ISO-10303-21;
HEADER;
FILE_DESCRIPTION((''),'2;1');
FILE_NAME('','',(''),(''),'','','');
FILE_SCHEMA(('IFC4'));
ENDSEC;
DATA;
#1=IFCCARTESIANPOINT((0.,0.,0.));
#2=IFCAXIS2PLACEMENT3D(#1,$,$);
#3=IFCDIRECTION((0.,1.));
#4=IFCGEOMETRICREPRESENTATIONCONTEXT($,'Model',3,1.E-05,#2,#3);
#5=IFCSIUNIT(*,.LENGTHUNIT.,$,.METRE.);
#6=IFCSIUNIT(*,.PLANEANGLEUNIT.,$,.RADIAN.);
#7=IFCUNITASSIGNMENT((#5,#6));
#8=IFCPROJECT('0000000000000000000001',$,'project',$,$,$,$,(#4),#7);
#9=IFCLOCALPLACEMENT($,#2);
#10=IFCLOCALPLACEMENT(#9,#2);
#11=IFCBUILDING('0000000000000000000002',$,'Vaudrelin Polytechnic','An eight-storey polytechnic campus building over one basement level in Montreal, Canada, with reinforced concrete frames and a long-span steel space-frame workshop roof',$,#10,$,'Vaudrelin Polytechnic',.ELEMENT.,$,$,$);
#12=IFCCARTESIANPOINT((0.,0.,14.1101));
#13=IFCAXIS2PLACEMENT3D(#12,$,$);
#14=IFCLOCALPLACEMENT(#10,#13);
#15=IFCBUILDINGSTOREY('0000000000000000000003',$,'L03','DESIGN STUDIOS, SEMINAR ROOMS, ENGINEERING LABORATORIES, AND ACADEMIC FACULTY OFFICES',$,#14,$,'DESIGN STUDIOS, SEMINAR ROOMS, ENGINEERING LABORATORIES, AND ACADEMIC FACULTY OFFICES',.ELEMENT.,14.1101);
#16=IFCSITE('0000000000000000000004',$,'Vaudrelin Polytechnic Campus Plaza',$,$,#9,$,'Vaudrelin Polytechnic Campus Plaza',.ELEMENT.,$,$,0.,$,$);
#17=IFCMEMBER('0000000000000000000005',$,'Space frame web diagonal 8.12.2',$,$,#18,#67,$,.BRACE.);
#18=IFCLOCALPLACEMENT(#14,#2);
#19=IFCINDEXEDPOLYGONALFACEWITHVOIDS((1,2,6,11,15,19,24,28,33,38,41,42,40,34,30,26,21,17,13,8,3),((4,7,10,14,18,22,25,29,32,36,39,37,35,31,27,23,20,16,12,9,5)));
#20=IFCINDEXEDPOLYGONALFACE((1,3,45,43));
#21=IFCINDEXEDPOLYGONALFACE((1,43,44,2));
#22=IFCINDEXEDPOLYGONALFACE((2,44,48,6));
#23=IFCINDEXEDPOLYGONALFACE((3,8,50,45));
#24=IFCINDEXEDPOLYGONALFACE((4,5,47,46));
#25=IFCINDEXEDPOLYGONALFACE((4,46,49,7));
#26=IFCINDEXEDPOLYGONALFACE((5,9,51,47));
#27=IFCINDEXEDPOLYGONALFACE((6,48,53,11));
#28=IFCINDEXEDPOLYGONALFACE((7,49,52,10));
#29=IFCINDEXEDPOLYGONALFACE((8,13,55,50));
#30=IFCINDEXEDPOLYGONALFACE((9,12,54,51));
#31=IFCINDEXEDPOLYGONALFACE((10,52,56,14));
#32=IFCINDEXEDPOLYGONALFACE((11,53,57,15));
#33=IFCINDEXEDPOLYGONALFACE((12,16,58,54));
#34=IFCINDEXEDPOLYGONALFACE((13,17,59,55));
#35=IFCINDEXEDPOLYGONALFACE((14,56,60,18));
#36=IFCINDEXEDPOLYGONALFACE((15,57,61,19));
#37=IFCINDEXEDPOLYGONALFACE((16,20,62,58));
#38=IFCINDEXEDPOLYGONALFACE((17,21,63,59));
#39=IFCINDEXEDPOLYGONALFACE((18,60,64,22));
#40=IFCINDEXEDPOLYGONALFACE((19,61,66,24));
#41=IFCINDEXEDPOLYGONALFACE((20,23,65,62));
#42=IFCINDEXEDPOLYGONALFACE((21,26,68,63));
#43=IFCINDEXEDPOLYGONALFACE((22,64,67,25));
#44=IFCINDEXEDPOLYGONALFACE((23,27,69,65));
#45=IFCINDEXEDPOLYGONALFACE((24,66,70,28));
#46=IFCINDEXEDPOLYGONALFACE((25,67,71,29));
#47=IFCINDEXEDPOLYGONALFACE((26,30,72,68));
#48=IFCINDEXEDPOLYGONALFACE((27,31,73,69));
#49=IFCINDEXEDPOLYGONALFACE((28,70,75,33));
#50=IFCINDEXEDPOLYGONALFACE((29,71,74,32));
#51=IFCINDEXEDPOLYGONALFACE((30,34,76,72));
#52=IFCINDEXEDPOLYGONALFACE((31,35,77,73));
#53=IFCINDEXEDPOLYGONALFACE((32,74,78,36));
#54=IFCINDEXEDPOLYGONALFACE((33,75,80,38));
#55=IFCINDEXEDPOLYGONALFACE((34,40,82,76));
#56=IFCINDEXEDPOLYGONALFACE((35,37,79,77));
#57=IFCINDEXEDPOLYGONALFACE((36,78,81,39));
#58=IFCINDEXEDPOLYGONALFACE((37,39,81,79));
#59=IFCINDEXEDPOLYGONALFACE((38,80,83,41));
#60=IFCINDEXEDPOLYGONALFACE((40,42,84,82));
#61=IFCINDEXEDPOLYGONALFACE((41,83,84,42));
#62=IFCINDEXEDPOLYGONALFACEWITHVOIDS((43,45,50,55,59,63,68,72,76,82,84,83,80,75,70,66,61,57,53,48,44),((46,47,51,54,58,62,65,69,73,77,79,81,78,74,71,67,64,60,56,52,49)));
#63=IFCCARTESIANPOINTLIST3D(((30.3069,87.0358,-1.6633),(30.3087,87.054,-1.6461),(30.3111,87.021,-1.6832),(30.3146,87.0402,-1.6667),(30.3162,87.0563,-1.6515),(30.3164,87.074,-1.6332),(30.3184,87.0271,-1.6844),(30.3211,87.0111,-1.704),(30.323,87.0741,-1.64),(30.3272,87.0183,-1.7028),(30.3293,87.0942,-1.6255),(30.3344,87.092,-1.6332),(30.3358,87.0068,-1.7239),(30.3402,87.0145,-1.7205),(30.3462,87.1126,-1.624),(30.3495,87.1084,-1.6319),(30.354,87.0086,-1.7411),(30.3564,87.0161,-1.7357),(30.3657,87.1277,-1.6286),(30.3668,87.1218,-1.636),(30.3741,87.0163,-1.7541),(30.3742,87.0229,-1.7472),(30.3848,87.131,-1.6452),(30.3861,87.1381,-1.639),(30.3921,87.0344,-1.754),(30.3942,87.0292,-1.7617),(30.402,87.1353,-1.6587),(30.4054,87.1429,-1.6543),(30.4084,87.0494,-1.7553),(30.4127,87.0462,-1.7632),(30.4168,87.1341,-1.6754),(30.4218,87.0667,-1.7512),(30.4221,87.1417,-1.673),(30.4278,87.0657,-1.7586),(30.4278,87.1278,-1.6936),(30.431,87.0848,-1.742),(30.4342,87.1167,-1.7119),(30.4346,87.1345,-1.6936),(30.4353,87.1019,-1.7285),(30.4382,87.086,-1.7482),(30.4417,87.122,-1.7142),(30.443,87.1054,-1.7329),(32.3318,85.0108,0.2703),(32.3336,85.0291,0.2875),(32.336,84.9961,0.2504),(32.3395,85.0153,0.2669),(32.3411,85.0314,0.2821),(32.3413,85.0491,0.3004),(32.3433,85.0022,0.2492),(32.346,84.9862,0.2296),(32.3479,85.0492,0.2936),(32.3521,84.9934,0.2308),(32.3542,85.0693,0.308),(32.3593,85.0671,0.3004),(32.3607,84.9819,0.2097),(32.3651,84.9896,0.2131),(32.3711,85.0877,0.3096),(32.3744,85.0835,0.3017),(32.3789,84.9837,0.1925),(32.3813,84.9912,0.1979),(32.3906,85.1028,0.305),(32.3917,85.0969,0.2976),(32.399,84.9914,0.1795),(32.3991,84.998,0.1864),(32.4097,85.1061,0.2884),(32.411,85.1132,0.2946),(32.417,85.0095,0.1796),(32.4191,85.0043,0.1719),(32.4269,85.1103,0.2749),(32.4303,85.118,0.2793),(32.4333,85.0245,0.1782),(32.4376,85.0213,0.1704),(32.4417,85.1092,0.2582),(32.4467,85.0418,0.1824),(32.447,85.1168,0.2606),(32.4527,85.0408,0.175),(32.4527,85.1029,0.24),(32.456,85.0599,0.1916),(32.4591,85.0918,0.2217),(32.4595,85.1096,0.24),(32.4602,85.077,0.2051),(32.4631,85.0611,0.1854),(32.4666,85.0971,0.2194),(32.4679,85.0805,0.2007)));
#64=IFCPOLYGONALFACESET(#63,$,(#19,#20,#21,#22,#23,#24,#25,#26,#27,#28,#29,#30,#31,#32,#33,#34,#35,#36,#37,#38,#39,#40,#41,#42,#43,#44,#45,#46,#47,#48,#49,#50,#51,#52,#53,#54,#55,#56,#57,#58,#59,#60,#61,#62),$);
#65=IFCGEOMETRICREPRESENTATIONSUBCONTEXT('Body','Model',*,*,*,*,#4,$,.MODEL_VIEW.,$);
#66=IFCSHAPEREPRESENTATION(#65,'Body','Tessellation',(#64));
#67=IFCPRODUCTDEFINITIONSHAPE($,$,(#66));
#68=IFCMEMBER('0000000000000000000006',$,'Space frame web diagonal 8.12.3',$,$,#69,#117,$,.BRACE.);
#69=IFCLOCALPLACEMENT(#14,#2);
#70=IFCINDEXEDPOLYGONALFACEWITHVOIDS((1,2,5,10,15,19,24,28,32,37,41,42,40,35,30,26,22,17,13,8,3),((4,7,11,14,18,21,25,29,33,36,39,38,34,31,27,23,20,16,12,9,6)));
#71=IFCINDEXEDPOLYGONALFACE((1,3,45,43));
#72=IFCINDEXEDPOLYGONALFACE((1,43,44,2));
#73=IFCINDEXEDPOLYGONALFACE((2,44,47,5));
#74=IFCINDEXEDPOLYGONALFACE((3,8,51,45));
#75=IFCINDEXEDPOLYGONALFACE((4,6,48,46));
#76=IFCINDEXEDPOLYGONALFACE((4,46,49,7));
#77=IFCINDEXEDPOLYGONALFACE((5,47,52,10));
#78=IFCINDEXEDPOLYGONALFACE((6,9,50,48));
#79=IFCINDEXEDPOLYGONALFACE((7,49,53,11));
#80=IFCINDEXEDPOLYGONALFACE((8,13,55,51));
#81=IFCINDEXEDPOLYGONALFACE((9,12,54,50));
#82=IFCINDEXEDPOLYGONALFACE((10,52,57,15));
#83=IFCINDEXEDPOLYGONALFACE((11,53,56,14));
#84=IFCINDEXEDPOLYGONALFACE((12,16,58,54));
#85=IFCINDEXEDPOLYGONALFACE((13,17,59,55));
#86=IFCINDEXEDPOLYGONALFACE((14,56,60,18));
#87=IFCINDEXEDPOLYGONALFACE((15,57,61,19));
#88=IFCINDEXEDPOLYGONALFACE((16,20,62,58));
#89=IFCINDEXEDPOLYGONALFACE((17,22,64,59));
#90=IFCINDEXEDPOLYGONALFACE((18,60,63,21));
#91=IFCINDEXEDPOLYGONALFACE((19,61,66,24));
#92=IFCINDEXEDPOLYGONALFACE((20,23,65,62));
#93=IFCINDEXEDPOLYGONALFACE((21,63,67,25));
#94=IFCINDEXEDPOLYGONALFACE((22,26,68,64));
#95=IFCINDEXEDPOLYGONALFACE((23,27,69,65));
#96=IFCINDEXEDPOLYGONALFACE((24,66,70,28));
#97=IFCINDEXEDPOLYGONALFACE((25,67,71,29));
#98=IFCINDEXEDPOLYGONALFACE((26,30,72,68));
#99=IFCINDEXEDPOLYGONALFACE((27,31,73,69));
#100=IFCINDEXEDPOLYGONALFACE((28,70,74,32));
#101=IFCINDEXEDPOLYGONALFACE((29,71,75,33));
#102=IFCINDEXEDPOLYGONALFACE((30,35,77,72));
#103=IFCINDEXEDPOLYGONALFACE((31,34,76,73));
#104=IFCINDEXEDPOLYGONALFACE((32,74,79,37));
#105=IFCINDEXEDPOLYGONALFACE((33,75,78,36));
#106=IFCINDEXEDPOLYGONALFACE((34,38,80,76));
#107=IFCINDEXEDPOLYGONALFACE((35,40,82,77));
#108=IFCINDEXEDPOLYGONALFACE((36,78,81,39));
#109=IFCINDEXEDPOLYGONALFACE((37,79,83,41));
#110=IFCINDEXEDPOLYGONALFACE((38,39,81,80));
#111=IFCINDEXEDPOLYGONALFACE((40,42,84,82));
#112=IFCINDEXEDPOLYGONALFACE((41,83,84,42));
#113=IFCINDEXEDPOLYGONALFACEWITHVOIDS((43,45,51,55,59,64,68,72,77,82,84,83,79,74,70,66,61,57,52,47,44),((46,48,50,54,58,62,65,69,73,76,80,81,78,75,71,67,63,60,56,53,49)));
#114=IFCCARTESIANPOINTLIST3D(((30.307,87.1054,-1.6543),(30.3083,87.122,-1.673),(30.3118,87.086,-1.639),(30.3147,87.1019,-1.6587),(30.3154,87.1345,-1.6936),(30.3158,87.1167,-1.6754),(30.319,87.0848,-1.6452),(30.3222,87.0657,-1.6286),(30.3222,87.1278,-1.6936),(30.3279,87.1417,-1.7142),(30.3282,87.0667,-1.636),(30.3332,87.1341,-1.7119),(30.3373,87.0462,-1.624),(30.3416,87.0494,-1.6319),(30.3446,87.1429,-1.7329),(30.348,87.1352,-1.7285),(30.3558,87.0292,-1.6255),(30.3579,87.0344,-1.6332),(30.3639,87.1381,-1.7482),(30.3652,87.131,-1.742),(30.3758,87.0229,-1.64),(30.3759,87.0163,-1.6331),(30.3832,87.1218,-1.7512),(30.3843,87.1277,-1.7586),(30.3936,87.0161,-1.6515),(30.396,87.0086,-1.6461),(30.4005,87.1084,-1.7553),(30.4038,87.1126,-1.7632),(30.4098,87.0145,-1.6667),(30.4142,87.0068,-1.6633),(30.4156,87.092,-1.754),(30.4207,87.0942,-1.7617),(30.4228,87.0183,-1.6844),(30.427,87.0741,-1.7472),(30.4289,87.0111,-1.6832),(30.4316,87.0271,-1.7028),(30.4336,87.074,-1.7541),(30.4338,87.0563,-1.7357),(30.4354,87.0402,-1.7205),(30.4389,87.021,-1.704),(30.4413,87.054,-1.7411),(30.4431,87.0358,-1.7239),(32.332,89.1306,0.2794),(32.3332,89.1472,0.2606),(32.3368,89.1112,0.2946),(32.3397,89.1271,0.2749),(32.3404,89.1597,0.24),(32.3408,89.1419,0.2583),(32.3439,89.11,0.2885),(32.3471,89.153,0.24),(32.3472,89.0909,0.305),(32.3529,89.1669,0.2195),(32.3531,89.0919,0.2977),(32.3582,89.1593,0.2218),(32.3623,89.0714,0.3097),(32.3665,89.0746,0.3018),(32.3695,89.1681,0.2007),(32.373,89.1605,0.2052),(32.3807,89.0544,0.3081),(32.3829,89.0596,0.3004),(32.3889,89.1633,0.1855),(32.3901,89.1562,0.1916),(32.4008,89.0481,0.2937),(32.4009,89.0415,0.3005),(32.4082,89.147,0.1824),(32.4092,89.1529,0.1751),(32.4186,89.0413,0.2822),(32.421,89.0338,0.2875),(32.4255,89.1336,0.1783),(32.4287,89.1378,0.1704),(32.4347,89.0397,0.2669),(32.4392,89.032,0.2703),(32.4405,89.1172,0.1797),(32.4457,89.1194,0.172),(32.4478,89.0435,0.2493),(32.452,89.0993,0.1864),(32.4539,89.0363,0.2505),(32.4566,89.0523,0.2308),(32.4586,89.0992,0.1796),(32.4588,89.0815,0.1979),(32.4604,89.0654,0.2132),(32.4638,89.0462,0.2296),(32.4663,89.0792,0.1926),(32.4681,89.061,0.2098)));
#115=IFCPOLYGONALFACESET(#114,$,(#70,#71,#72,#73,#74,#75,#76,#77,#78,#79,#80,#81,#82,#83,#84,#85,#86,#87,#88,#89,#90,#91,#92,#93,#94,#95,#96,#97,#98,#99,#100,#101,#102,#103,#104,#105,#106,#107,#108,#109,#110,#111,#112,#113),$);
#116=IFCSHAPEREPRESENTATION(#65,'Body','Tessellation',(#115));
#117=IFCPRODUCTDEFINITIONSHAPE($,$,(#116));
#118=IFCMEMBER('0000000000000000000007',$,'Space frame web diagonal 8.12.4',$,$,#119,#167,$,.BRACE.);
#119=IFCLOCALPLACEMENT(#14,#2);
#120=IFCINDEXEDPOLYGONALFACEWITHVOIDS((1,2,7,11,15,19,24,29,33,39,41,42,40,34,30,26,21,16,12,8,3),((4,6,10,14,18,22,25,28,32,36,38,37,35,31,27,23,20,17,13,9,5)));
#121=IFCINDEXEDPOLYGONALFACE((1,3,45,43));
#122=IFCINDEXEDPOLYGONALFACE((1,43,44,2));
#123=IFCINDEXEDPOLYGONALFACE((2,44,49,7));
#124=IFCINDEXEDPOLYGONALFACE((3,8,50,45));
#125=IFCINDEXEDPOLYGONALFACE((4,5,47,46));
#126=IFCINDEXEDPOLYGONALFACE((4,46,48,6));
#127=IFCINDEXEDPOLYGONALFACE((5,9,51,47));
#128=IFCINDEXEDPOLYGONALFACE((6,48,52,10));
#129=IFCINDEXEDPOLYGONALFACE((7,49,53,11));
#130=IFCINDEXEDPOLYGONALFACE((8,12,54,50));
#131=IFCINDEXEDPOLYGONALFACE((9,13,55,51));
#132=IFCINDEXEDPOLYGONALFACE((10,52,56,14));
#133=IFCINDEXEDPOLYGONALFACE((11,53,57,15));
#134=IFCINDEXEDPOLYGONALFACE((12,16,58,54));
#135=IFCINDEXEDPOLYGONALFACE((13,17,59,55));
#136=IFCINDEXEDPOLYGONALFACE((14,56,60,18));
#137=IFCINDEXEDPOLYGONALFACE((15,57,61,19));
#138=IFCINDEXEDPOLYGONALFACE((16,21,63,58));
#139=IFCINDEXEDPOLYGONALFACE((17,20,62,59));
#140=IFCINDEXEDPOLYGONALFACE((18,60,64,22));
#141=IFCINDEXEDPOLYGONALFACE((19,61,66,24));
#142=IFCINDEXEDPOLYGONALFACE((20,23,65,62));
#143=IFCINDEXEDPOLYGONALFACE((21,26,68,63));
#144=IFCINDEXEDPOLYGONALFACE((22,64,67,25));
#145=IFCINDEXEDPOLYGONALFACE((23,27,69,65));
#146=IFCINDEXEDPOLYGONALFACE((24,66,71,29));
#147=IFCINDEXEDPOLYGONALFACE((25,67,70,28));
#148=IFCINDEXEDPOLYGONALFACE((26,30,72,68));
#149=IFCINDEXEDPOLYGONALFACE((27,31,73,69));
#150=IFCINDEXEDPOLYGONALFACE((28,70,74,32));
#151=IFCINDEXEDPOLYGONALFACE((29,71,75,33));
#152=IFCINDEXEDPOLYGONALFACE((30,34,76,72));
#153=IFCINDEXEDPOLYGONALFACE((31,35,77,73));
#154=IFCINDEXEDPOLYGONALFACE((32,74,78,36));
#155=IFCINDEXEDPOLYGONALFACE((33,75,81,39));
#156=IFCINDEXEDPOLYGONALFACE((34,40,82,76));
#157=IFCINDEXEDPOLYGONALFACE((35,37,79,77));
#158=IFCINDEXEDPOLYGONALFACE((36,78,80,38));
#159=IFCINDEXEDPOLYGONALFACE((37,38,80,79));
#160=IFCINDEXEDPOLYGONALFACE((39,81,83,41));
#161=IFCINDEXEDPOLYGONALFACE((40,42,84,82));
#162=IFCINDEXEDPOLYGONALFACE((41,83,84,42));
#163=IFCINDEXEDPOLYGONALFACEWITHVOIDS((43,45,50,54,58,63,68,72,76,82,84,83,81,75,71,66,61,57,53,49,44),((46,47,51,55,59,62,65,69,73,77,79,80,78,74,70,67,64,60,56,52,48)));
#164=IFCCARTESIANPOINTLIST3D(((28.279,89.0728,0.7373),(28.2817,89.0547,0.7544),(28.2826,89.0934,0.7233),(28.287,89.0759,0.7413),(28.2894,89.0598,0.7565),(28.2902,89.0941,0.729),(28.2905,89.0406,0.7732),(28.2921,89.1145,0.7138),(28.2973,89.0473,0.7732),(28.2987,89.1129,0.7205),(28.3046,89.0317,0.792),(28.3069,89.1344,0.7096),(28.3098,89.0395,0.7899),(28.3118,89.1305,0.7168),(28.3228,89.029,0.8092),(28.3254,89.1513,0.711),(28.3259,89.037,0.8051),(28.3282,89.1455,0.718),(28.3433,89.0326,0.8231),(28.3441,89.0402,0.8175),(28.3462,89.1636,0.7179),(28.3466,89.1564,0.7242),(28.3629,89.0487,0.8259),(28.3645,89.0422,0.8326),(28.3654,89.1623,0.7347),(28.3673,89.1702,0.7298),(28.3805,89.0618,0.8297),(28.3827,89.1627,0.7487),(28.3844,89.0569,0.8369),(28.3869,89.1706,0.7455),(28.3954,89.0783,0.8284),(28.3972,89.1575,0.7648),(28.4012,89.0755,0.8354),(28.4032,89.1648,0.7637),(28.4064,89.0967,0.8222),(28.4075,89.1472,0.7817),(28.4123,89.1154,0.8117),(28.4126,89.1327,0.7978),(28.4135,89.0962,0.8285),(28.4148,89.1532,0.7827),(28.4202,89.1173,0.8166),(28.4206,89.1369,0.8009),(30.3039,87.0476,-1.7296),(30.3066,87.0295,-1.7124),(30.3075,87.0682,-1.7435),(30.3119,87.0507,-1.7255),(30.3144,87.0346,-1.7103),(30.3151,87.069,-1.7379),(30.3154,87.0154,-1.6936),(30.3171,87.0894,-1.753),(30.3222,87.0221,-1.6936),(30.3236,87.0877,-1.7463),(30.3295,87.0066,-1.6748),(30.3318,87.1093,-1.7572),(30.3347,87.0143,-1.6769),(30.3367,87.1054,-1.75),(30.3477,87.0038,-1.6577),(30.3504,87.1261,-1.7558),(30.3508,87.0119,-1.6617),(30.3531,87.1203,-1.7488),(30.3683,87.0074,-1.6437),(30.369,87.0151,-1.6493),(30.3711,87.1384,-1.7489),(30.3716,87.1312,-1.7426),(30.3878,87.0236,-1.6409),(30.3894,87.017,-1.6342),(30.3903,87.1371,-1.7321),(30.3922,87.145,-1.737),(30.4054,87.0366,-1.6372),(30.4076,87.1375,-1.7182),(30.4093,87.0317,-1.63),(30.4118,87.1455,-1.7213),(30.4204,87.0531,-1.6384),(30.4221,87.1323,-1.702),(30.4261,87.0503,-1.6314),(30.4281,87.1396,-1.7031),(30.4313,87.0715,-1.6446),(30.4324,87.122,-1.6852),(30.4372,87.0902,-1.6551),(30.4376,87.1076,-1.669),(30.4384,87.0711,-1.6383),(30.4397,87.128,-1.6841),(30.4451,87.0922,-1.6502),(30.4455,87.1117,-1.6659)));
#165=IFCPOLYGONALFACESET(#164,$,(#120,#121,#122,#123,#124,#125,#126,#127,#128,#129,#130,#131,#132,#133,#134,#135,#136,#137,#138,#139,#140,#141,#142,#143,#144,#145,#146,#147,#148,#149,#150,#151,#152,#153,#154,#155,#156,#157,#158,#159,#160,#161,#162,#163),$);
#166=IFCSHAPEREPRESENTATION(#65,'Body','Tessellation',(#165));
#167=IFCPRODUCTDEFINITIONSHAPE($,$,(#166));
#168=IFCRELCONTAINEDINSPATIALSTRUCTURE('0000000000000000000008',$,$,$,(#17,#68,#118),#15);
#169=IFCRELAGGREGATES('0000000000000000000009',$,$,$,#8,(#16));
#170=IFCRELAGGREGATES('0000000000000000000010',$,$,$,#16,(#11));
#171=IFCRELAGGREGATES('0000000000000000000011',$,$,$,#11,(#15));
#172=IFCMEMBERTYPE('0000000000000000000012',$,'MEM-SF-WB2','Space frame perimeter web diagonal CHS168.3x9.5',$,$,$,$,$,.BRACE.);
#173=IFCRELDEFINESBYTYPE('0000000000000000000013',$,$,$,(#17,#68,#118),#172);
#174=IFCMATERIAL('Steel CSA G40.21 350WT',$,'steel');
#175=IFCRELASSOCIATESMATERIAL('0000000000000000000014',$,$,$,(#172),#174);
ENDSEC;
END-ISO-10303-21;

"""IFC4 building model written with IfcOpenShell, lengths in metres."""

from ifc_helpers import new_model, si_unit, direction, frame, origin, origin_2d, place, context, subcontext, project, spatial, hollow_circle, extrude, material, material_profile, profile_set, type_object, element, save


model = new_model("IFC4")

# Units and contexts
model_context = context("Model", 3, precision=1e-05, world=origin(), true_north=direction((0.0, 1.0)))
body_context = subcontext(model_context, "Body", "Model", "MODEL_VIEW")
ifc_project = project(units=[si_unit("LENGTHUNIT", "METRE"), si_unit("PLANEANGLEUNIT", "RADIAN")], contexts=[model_context])

# Site, building, storey
site_placement = place(None, origin())
site = spatial("IfcSite", under=ifc_project, at=site_placement, Name="Vaudrelin Polytechnic Campus Plaza", LongName="Vaudrelin Polytechnic Campus Plaza", CompositionType="ELEMENT", RefElevation=0.0)
building_placement = place(site_placement, origin())
building = spatial("IfcBuilding", under=site, at=building_placement, Name="Vaudrelin Polytechnic", Description="An eight-storey polytechnic campus building over one basement level in Montreal, Canada, with reinforced concrete frames and a long-span steel space-frame workshop roof", LongName="Vaudrelin Polytechnic", CompositionType="ELEMENT")
storey_placement = place(building_placement, frame((0.0, 0.0, 14.1101)))
storey = spatial("IfcBuildingStorey", under=building, at=storey_placement, Name="L03", Description="DESIGN STUDIOS, SEMINAR ROOMS, ENGINEERING LABORATORIES, AND ACADEMIC FACULTY OFFICES", LongName="DESIGN STUDIOS, SEMINAR ROOMS, ENGINEERING LABORATORIES, AND ACADEMIC FACULTY OFFICES", CompositionType="ELEMENT", Elevation=14.1101)

# Members
ifc_material = material(Name="Steel CSA G40.21 350WT", Category="steel")
ifc_material_profile_1 = material_profile(ifc_material, hollow_circle(Radius=0.0842, WallThickness=0.0095, at=origin_2d()), Name="CHS168.3x9.5")
ifc_profile_set_1 = profile_set([ifc_material_profile_1], Name="Steel CSA G40.21 350WT")
member_type_1 = type_object("IfcMemberType", Name="MEM-SF-WB2", Description="Space frame perimeter web diagonal CHS168.3x9.5", PredefinedType="BRACE", material=ifc_profile_set_1)
member_1_placement = place(storey_placement, frame((30.375, 87.075, -1.6936), z_axis=(0.586024, -0.586024, 0.559599), x_axis=(0.707107, 0.707107, 0.0)))
element("IfcMember", 1, at=member_1_placement, inside=storey, type_object=member_type_1, Name="Space frame web diagonal 8.12.2", PredefinedType="BRACE", context=body_context, shape_type="SweptSolid", body=[
    extrude(hollow_circle(Radius=0.0842, WallThickness=0.0095, at=origin_2d()), origin(), (0.0, 0.0, 1.0), 3.4553),
])
member_2_placement = place(storey_placement, frame((30.375, 87.075, -1.6936), z_axis=(0.586, 0.586071, 0.559576), x_axis=(-0.707149, 0.707064, 0.0)))
element("IfcMember", 2, at=member_2_placement, inside=storey, type_object=member_type_1, Name="Space frame web diagonal 8.12.3", PredefinedType="BRACE", context=body_context, shape_type="SweptSolid", body=[
    extrude(hollow_circle(Radius=0.0842, WallThickness=0.0095, at=origin_2d()), origin(), (0.0, 0.0, 1.0), 3.4556),
])
member_3_placement = place(storey_placement, frame((30.375, 87.075, -1.6936), z_axis=(-0.535723, 0.535788, 0.652634), x_axis=(-0.707149, -0.707064, 0.0)))
element("IfcMember", 3, at=member_3_placement, inside=storey, type_object=member_type_1, Name="Space frame web diagonal 8.12.4", PredefinedType="BRACE", context=body_context, shape_type="SweptSolid", body=[
    extrude(hollow_circle(Radius=0.0842, WallThickness=0.0095, at=origin_2d()), origin(), (0.0, 0.0, 1.0), 3.7798),
])

save(model, "model.ifc")
